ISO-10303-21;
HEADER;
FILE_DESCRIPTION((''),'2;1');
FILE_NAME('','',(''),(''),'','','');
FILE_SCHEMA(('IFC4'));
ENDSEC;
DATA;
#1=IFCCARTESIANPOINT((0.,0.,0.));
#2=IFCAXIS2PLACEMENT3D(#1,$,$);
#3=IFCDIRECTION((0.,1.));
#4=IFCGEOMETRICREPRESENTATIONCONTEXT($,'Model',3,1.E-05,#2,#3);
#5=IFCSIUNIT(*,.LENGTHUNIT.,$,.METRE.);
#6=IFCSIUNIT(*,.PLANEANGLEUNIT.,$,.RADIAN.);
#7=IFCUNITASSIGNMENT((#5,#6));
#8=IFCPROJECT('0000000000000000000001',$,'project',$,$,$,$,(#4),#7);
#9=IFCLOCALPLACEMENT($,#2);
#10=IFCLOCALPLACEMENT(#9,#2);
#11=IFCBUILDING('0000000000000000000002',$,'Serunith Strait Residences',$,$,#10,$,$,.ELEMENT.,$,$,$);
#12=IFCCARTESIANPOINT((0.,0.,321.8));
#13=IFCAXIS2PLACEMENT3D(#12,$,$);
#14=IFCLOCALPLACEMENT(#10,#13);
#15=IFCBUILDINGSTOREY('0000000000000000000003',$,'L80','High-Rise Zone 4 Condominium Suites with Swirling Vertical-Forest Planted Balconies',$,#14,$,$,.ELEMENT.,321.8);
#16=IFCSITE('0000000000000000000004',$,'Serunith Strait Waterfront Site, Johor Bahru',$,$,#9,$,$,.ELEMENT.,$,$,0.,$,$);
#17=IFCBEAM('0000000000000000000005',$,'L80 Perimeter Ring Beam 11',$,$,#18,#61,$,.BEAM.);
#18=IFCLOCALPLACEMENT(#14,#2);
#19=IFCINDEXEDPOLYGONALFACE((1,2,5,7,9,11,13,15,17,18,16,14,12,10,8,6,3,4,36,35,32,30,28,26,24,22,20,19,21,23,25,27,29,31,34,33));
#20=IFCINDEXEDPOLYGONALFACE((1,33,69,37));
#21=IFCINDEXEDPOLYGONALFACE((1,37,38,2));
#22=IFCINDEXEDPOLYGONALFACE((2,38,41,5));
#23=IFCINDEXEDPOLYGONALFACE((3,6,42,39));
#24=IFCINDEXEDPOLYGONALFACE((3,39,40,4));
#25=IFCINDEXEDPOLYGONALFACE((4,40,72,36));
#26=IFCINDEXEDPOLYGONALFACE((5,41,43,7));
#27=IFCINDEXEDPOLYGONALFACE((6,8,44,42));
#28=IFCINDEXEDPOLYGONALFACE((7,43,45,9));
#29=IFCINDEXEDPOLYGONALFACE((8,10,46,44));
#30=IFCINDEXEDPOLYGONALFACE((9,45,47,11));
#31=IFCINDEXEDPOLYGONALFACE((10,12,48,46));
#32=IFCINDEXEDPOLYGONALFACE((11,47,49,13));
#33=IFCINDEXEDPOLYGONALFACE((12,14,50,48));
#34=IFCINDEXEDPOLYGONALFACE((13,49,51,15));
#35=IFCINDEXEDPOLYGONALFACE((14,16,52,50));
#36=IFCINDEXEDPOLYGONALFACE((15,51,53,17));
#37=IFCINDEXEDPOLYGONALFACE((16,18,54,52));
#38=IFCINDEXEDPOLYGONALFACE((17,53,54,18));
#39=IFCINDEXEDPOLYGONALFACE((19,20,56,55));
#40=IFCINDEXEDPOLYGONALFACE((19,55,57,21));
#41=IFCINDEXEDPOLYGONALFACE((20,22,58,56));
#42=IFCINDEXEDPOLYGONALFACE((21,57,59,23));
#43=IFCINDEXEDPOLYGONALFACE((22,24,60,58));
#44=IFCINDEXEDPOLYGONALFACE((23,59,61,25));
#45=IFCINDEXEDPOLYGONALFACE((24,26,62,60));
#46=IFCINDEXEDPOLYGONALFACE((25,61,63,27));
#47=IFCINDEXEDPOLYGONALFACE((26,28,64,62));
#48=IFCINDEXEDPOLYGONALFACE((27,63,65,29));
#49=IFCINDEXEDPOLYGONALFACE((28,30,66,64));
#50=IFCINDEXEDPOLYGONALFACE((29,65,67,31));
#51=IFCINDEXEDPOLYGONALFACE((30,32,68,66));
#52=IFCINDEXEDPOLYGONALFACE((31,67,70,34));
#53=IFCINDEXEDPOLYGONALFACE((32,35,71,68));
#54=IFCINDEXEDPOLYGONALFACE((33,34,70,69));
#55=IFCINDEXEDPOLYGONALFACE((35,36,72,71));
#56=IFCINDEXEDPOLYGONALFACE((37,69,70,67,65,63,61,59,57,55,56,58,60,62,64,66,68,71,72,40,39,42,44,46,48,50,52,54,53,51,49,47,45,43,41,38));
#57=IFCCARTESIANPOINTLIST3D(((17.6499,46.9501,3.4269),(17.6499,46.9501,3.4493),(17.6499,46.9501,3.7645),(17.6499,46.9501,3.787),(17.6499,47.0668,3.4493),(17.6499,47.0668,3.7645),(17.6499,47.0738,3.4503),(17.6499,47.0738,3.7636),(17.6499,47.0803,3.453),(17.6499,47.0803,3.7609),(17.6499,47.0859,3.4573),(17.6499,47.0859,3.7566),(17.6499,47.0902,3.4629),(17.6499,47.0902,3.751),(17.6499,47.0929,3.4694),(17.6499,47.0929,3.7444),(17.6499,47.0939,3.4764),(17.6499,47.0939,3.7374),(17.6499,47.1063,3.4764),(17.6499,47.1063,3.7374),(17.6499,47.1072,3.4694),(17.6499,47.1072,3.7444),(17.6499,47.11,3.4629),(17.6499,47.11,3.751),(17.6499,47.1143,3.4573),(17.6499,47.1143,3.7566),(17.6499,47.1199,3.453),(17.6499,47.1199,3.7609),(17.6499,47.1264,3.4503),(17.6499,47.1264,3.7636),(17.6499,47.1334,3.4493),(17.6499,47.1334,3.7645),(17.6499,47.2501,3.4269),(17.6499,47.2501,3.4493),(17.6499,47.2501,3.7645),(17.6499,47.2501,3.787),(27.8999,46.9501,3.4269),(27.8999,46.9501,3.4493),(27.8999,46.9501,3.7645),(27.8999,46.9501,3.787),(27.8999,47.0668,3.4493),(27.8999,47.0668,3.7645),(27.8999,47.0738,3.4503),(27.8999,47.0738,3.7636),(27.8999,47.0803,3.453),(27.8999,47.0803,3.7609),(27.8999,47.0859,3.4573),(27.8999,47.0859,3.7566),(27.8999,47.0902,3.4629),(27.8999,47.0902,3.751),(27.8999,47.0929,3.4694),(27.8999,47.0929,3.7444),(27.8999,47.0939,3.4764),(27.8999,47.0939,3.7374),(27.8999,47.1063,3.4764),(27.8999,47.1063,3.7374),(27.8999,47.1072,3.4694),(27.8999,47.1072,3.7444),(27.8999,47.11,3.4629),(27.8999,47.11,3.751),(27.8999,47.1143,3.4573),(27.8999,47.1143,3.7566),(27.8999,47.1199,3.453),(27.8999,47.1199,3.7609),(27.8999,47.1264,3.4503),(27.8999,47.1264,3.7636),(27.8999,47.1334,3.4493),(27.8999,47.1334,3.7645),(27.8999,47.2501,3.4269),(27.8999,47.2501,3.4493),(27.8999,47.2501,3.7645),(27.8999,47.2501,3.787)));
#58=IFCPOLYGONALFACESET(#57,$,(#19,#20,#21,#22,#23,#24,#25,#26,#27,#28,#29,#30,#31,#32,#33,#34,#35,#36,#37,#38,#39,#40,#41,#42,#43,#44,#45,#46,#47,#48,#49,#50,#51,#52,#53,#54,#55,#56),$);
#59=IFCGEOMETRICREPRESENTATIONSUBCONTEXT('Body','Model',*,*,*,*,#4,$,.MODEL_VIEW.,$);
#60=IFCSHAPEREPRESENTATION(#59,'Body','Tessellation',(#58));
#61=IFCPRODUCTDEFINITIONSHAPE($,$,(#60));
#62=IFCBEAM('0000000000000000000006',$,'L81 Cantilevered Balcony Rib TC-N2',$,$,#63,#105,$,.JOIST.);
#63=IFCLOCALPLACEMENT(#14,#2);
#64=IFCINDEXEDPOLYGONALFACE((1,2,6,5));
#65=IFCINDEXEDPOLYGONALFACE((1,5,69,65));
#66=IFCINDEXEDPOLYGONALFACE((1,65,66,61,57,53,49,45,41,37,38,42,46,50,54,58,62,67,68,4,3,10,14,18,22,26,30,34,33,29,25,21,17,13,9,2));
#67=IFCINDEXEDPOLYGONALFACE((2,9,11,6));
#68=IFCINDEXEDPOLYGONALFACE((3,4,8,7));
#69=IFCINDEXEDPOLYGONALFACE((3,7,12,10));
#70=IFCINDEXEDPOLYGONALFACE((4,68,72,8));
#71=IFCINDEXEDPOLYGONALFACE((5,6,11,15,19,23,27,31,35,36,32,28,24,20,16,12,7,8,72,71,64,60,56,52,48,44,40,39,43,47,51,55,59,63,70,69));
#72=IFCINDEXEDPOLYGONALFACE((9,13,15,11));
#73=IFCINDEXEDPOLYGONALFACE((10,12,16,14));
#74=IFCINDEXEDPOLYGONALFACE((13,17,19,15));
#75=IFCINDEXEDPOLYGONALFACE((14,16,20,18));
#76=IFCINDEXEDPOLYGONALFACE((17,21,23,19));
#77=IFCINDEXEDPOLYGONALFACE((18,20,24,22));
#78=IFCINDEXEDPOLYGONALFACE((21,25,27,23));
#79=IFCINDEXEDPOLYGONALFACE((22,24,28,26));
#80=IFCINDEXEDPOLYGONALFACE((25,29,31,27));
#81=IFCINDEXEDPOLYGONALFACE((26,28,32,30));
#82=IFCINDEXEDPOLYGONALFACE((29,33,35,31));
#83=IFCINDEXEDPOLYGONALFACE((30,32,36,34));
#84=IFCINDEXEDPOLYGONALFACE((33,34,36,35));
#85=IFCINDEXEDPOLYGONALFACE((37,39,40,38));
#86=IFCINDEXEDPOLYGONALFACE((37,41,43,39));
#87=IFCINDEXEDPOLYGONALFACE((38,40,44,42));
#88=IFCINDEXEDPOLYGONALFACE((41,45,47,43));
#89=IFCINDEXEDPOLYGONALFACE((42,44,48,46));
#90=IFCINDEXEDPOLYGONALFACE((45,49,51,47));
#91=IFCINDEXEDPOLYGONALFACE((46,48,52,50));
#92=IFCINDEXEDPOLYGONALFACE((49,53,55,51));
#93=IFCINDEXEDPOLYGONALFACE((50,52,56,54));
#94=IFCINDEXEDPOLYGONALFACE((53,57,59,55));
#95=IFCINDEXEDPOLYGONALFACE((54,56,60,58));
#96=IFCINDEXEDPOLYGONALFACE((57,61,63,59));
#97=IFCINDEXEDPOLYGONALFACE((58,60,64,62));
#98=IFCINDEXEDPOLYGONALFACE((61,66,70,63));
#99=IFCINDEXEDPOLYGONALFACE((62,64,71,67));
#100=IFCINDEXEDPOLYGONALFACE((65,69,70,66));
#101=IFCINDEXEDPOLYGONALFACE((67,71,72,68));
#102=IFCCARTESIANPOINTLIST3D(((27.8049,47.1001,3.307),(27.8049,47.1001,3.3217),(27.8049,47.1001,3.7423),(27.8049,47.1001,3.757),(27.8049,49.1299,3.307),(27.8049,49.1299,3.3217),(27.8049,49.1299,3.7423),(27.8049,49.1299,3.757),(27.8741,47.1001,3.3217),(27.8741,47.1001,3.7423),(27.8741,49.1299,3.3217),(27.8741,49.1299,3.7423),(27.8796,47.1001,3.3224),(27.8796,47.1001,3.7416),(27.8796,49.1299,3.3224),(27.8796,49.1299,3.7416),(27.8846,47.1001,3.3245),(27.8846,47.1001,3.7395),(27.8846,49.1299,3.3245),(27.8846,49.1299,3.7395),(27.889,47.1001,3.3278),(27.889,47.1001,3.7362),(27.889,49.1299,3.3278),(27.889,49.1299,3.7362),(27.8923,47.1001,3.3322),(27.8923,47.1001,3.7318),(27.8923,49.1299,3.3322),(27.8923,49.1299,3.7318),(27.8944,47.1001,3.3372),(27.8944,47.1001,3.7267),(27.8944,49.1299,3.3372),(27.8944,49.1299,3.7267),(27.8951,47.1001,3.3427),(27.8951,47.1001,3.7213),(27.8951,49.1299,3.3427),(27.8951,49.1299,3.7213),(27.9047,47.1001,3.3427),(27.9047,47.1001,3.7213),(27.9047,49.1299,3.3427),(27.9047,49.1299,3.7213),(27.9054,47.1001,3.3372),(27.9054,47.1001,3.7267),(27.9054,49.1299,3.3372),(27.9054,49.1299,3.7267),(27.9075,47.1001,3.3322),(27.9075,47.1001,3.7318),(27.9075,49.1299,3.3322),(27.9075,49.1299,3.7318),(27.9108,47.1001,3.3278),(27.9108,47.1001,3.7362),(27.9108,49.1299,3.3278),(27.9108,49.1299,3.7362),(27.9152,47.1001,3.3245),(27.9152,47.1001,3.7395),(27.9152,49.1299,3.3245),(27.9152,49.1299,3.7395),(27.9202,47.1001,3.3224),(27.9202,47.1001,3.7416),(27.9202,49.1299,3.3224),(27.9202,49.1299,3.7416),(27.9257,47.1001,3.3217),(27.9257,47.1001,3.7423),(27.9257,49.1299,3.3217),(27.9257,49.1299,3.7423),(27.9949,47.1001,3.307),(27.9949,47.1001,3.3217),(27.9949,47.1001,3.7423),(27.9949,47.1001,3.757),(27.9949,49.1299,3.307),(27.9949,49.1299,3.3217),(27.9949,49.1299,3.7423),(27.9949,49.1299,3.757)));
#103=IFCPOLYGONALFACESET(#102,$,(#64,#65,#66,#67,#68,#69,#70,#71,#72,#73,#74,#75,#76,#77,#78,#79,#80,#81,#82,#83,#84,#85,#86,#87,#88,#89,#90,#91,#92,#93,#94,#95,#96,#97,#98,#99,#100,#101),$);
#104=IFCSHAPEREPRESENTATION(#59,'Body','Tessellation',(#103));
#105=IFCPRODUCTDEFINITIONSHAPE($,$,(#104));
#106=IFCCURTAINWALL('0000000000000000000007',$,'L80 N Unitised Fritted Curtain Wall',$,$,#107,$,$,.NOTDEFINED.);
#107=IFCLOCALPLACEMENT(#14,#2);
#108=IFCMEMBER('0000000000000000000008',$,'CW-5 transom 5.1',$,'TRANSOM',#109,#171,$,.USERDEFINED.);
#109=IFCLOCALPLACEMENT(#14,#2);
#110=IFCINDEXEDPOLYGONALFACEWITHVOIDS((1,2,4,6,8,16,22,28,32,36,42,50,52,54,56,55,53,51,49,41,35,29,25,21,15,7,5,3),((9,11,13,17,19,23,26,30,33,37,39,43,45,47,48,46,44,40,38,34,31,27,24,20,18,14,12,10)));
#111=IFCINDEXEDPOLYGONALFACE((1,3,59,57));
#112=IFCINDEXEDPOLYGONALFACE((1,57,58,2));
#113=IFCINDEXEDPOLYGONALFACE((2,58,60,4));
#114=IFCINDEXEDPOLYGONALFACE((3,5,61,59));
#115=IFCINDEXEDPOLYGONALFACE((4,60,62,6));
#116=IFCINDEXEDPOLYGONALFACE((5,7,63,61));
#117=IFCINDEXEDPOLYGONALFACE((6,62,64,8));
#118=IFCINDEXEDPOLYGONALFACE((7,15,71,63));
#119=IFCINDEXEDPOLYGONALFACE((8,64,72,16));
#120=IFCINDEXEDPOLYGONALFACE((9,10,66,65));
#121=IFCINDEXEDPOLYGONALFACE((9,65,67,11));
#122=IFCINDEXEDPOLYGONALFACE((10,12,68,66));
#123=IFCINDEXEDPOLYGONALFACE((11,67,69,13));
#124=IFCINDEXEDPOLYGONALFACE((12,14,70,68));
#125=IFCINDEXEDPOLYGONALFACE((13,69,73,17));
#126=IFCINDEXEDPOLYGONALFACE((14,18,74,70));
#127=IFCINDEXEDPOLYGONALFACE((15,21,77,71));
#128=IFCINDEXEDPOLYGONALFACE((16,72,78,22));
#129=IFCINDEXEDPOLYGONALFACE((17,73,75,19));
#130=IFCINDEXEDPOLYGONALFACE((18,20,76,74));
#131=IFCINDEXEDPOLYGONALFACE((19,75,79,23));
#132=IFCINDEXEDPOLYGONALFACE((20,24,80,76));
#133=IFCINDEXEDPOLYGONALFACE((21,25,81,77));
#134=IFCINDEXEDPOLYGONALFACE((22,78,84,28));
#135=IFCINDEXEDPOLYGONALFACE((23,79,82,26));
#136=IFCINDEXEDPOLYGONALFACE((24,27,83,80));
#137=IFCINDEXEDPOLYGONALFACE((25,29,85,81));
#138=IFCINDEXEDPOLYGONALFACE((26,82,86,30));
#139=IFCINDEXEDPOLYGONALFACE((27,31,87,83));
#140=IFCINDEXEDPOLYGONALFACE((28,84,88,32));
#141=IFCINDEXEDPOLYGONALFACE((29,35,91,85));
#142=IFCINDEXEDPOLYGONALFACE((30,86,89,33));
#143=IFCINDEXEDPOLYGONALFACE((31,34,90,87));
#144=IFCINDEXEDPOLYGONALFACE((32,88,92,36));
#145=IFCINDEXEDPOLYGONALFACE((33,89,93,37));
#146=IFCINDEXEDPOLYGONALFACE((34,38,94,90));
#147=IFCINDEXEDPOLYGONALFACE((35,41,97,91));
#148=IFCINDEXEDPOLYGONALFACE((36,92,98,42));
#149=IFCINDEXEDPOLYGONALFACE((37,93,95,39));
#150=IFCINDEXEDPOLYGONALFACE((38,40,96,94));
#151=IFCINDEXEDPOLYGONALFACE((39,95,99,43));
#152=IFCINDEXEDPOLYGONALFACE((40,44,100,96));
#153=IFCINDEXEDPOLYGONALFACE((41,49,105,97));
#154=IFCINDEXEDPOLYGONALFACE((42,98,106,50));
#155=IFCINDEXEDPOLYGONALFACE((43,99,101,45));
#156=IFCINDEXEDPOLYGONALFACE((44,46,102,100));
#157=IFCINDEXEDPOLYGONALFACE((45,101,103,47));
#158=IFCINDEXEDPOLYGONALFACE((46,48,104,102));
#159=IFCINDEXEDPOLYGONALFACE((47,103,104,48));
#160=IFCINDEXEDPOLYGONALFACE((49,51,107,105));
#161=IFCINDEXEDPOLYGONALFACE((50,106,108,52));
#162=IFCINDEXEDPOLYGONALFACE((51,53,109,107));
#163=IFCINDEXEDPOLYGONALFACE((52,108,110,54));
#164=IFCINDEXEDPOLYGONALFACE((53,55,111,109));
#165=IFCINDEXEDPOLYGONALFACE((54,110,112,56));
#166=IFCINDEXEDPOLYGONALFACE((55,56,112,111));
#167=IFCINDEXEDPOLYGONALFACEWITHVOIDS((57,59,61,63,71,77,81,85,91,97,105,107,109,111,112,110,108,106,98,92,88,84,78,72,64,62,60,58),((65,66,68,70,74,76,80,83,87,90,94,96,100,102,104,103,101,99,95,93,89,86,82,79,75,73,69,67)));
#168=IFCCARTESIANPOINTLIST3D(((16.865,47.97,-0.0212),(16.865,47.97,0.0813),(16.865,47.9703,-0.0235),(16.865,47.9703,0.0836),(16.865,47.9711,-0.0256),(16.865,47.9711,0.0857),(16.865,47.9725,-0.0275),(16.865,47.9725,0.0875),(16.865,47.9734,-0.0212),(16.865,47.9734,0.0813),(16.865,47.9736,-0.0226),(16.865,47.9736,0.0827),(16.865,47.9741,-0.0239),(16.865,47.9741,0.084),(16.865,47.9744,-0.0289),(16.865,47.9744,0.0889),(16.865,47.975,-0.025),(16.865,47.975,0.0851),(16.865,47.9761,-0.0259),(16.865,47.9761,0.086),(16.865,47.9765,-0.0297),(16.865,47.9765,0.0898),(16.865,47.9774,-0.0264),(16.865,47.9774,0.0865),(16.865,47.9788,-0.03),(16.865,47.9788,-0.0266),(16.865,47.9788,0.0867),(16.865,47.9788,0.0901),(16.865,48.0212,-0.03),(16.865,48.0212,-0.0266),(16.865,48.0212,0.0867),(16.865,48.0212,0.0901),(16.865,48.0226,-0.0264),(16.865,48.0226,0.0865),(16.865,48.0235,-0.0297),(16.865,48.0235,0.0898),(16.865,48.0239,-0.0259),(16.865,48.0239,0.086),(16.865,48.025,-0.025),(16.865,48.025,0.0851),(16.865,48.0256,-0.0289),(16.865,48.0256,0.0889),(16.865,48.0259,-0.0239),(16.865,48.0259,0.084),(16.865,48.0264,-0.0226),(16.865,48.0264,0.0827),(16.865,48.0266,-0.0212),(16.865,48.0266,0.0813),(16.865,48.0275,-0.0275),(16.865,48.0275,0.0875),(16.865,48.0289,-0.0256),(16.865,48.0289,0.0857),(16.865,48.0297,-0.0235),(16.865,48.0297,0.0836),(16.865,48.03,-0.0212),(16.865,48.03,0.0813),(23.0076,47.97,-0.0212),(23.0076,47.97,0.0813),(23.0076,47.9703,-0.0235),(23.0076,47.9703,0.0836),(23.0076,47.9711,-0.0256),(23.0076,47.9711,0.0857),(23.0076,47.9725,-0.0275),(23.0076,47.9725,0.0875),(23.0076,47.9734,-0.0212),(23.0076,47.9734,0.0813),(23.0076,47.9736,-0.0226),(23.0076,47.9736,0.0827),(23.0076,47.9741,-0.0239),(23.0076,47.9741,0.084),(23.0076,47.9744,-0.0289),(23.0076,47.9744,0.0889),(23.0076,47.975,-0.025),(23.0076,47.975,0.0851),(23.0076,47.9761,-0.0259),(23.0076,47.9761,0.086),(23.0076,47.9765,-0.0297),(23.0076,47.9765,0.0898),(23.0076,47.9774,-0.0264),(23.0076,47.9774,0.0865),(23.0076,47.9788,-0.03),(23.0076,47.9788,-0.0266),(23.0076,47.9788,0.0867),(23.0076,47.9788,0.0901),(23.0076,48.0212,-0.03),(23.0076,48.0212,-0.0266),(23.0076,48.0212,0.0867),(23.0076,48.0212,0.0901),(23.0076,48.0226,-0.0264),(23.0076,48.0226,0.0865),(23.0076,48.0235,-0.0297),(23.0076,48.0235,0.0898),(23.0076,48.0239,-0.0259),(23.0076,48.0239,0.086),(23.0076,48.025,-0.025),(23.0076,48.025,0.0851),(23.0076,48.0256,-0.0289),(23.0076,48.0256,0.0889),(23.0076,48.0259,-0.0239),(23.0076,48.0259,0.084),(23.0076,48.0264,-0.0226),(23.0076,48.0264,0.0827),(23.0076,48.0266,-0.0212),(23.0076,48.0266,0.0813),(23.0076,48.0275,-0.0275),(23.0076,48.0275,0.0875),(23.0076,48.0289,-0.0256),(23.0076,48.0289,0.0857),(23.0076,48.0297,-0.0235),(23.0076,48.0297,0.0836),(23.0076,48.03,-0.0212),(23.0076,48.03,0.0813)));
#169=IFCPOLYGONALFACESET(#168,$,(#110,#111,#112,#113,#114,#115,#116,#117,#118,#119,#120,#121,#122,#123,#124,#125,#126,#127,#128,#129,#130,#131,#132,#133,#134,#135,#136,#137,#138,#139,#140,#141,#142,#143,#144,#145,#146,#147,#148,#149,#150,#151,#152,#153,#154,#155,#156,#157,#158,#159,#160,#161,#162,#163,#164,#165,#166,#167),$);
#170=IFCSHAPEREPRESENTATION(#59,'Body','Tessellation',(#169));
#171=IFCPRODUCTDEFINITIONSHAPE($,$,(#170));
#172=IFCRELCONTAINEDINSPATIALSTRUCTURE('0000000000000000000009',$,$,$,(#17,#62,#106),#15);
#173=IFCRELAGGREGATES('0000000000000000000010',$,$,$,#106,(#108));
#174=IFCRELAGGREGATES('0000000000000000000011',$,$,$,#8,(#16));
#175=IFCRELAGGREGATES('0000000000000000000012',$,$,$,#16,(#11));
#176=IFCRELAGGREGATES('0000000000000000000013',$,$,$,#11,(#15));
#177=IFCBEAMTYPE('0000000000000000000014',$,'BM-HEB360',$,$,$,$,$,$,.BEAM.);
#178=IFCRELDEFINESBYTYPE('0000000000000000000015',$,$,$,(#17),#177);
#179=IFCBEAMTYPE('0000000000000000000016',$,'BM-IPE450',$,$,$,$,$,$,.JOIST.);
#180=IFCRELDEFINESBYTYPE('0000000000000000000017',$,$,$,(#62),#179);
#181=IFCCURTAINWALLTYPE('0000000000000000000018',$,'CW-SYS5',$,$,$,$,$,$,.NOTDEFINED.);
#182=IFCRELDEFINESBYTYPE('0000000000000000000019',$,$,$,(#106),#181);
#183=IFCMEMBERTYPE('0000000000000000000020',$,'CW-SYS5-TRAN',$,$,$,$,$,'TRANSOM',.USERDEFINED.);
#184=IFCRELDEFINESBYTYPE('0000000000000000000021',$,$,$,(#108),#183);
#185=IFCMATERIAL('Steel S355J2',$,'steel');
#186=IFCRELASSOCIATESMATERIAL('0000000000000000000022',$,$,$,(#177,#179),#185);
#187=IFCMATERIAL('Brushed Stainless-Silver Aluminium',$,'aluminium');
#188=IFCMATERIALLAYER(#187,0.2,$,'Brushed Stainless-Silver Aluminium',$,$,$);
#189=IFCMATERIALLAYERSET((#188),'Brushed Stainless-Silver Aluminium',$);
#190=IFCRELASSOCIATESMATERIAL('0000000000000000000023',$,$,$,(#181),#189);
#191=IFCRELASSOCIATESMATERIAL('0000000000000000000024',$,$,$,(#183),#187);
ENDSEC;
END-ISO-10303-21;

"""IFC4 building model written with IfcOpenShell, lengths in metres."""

from ifc_helpers import new_model, si_unit, direction, frame, origin, origin_2d, place, context, subcontext, project, spatial, hollow_rectangle, i_section, extrude, source, transform, mapped, material, layer, layer_set, material_profile, profile_set, type_object, element, aggregate, save


model = new_model("IFC4")

# Units and contexts
model_context = context("Model", 3, precision=1e-05, world=origin(), true_north=direction((0.0, 1.0)))
body_context = subcontext(model_context, "Body", "Model", "MODEL_VIEW")
ifc_project = project(units=[si_unit("LENGTHUNIT", "METRE"), si_unit("PLANEANGLEUNIT", "RADIAN")], contexts=[model_context])

# Site, building, storey
site_placement = place(None, origin())
site = spatial("IfcSite", under=ifc_project, at=site_placement, Name="Serunith Strait Waterfront Site, Johor Bahru", CompositionType="ELEMENT", RefElevation=0.0)
building_placement = place(site_placement, origin())
building = spatial("IfcBuilding", under=site, at=building_placement, Name="Serunith Strait Residences", CompositionType="ELEMENT")
storey_placement = place(building_placement, frame((0.0, 0.0, 321.8)))
storey = spatial("IfcBuildingStorey", under=building, at=storey_placement, Name="L80", Description="High-Rise Zone 4 Condominium Suites with Swirling Vertical-Forest Planted Balconies", CompositionType="ELEMENT", Elevation=321.8)

# Beams
ifc_material_1 = material(Name="Steel S355J2", Category="steel")
ifc_material_profile_1 = material_profile(ifc_material_1, i_section(OverallWidth=0.3, OverallDepth=0.3601, WebThickness=0.0125, FlangeThickness=0.0225, FilletRadius=0.0271, at=origin_2d()), Name="HEB 360")
ifc_profile_set_1 = profile_set([ifc_material_profile_1], Name="Steel S355J2")
beam_type_1 = type_object("IfcBeamType", Name="BM-HEB360", PredefinedType="BEAM", material=ifc_profile_set_1)
shared_shape_1 = source(origin(), body_context, "Body", "SweptSolid", [
    extrude(i_section(OverallWidth=0.3, OverallDepth=0.3601, WebThickness=0.0125, FlangeThickness=0.0225, FilletRadius=0.0271, at=origin_2d()), origin(), (0.0, 0.0, 1.0), 10.25),
])
beam_1_placement = place(storey_placement, frame((27.8999, 47.1001, 3.6069), z_axis=(-1.0, 0.0, 0.0), x_axis=(0.0, -1.0, 0.0)))
element("IfcBeam", 1, at=beam_1_placement, inside=storey, type_object=beam_type_1, Name="L80 Perimeter Ring Beam 11", PredefinedType="BEAM", context=body_context, shape_type="MappedRepresentation", body=[
    mapped(shared_shape_1, transform((0.0, 0.0, 0.0), scale=1.0)),
])
ifc_material_profile_2 = material_profile(ifc_material_1, i_section(OverallWidth=0.1899, OverallDepth=0.45, WebThickness=0.0095, FlangeThickness=0.0146, FilletRadius=0.021, at=origin_2d()), Name="IPE 450")
ifc_profile_set_2 = profile_set([ifc_material_profile_2], Name="Steel S355J2")
beam_type_2 = type_object("IfcBeamType", Name="BM-IPE450", PredefinedType="JOIST", material=ifc_profile_set_2)
shared_shape_2 = source(origin(), body_context, "Body", "SweptSolid", [
    extrude(i_section(OverallWidth=0.1899, OverallDepth=0.45, WebThickness=0.0095, FlangeThickness=0.0146, FilletRadius=0.021, at=origin_2d()), origin(), (0.0, 0.0, 1.0), 2.0298),
])
beam_2_placement = place(storey_placement, frame((27.8999, 47.1001, 3.532), z_axis=(0.0, 1.0, 0.0), x_axis=(-1.0, 0.0, 0.0)))
element("IfcBeam", 2, at=beam_2_placement, inside=storey, type_object=beam_type_2, Name="L81 Cantilevered Balcony Rib TC-N2", PredefinedType="JOIST", context=body_context, shape_type="MappedRepresentation", body=[
    mapped(shared_shape_2, transform((0.0, 0.0, 0.0), scale=1.0)),
])

# Curtain wall, member
ifc_material_2 = material(Name="Brushed Stainless-Silver Aluminium", Category="aluminium")
ifc_layer_1 = layer(ifc_material_2, 0.2, Name="Brushed Stainless-Silver Aluminium")
ifc_layer_set_1 = layer_set([ifc_layer_1], Name="Brushed Stainless-Silver Aluminium")
curtain_wall_type = type_object("IfcCurtainWallType", Name="CW-SYS5", PredefinedType="NOTDEFINED", material=ifc_layer_set_1)
curtain_wall_placement = place(storey_placement, origin())
curtain_wall = element("IfcCurtainWall", 3, at=curtain_wall_placement, inside=storey, type_object=curtain_wall_type, Name="L80 N Unitised Fritted Curtain Wall", PredefinedType="NOTDEFINED")
ifc_material_profile_3 = material_profile(ifc_material_2, hollow_rectangle(XDim=0.0601, YDim=0.1201, WallThickness=0.0034, InnerFilletRadius=0.0054, OuterFilletRadius=0.0088, at=origin_2d()), Name="ALU 120x60x3.5")
ifc_profile_set_3 = profile_set([ifc_material_profile_3], Name="Brushed Stainless-Silver Aluminium")
member_type_1 = type_object("IfcMemberType", Name="CW-SYS5-TRAN", ElementType="TRANSOM", PredefinedType="USERDEFINED", material=ifc_profile_set_3)
shared_shape_3 = source(origin(), body_context, "Body", "SweptSolid", [
    extrude(hollow_rectangle(XDim=0.0601, YDim=0.1201, WallThickness=0.0034, InnerFilletRadius=0.0054, OuterFilletRadius=0.0088, at=origin_2d()), origin(), (0.0, 0.0, 1.0), 6.1426),
])
member_1_placement = place(storey_placement, frame((23.0076, 48.0, 0.03), z_axis=(-1.0, 0.0, 0.0), x_axis=(0.0, -1.0, 0.0)))
member_1 = element("IfcMember", 4, at=member_1_placement, type_object=member_type_1, Name="CW-5 transom 5.1", ObjectType="TRANSOM", PredefinedType="USERDEFINED", context=body_context, shape_type="MappedRepresentation", body=[
    mapped(shared_shape_3, transform((0.0, 0.0, 0.0), scale=1.0)),
])
aggregate(curtain_wall, [member_1])

save(model, "model.ifc")
